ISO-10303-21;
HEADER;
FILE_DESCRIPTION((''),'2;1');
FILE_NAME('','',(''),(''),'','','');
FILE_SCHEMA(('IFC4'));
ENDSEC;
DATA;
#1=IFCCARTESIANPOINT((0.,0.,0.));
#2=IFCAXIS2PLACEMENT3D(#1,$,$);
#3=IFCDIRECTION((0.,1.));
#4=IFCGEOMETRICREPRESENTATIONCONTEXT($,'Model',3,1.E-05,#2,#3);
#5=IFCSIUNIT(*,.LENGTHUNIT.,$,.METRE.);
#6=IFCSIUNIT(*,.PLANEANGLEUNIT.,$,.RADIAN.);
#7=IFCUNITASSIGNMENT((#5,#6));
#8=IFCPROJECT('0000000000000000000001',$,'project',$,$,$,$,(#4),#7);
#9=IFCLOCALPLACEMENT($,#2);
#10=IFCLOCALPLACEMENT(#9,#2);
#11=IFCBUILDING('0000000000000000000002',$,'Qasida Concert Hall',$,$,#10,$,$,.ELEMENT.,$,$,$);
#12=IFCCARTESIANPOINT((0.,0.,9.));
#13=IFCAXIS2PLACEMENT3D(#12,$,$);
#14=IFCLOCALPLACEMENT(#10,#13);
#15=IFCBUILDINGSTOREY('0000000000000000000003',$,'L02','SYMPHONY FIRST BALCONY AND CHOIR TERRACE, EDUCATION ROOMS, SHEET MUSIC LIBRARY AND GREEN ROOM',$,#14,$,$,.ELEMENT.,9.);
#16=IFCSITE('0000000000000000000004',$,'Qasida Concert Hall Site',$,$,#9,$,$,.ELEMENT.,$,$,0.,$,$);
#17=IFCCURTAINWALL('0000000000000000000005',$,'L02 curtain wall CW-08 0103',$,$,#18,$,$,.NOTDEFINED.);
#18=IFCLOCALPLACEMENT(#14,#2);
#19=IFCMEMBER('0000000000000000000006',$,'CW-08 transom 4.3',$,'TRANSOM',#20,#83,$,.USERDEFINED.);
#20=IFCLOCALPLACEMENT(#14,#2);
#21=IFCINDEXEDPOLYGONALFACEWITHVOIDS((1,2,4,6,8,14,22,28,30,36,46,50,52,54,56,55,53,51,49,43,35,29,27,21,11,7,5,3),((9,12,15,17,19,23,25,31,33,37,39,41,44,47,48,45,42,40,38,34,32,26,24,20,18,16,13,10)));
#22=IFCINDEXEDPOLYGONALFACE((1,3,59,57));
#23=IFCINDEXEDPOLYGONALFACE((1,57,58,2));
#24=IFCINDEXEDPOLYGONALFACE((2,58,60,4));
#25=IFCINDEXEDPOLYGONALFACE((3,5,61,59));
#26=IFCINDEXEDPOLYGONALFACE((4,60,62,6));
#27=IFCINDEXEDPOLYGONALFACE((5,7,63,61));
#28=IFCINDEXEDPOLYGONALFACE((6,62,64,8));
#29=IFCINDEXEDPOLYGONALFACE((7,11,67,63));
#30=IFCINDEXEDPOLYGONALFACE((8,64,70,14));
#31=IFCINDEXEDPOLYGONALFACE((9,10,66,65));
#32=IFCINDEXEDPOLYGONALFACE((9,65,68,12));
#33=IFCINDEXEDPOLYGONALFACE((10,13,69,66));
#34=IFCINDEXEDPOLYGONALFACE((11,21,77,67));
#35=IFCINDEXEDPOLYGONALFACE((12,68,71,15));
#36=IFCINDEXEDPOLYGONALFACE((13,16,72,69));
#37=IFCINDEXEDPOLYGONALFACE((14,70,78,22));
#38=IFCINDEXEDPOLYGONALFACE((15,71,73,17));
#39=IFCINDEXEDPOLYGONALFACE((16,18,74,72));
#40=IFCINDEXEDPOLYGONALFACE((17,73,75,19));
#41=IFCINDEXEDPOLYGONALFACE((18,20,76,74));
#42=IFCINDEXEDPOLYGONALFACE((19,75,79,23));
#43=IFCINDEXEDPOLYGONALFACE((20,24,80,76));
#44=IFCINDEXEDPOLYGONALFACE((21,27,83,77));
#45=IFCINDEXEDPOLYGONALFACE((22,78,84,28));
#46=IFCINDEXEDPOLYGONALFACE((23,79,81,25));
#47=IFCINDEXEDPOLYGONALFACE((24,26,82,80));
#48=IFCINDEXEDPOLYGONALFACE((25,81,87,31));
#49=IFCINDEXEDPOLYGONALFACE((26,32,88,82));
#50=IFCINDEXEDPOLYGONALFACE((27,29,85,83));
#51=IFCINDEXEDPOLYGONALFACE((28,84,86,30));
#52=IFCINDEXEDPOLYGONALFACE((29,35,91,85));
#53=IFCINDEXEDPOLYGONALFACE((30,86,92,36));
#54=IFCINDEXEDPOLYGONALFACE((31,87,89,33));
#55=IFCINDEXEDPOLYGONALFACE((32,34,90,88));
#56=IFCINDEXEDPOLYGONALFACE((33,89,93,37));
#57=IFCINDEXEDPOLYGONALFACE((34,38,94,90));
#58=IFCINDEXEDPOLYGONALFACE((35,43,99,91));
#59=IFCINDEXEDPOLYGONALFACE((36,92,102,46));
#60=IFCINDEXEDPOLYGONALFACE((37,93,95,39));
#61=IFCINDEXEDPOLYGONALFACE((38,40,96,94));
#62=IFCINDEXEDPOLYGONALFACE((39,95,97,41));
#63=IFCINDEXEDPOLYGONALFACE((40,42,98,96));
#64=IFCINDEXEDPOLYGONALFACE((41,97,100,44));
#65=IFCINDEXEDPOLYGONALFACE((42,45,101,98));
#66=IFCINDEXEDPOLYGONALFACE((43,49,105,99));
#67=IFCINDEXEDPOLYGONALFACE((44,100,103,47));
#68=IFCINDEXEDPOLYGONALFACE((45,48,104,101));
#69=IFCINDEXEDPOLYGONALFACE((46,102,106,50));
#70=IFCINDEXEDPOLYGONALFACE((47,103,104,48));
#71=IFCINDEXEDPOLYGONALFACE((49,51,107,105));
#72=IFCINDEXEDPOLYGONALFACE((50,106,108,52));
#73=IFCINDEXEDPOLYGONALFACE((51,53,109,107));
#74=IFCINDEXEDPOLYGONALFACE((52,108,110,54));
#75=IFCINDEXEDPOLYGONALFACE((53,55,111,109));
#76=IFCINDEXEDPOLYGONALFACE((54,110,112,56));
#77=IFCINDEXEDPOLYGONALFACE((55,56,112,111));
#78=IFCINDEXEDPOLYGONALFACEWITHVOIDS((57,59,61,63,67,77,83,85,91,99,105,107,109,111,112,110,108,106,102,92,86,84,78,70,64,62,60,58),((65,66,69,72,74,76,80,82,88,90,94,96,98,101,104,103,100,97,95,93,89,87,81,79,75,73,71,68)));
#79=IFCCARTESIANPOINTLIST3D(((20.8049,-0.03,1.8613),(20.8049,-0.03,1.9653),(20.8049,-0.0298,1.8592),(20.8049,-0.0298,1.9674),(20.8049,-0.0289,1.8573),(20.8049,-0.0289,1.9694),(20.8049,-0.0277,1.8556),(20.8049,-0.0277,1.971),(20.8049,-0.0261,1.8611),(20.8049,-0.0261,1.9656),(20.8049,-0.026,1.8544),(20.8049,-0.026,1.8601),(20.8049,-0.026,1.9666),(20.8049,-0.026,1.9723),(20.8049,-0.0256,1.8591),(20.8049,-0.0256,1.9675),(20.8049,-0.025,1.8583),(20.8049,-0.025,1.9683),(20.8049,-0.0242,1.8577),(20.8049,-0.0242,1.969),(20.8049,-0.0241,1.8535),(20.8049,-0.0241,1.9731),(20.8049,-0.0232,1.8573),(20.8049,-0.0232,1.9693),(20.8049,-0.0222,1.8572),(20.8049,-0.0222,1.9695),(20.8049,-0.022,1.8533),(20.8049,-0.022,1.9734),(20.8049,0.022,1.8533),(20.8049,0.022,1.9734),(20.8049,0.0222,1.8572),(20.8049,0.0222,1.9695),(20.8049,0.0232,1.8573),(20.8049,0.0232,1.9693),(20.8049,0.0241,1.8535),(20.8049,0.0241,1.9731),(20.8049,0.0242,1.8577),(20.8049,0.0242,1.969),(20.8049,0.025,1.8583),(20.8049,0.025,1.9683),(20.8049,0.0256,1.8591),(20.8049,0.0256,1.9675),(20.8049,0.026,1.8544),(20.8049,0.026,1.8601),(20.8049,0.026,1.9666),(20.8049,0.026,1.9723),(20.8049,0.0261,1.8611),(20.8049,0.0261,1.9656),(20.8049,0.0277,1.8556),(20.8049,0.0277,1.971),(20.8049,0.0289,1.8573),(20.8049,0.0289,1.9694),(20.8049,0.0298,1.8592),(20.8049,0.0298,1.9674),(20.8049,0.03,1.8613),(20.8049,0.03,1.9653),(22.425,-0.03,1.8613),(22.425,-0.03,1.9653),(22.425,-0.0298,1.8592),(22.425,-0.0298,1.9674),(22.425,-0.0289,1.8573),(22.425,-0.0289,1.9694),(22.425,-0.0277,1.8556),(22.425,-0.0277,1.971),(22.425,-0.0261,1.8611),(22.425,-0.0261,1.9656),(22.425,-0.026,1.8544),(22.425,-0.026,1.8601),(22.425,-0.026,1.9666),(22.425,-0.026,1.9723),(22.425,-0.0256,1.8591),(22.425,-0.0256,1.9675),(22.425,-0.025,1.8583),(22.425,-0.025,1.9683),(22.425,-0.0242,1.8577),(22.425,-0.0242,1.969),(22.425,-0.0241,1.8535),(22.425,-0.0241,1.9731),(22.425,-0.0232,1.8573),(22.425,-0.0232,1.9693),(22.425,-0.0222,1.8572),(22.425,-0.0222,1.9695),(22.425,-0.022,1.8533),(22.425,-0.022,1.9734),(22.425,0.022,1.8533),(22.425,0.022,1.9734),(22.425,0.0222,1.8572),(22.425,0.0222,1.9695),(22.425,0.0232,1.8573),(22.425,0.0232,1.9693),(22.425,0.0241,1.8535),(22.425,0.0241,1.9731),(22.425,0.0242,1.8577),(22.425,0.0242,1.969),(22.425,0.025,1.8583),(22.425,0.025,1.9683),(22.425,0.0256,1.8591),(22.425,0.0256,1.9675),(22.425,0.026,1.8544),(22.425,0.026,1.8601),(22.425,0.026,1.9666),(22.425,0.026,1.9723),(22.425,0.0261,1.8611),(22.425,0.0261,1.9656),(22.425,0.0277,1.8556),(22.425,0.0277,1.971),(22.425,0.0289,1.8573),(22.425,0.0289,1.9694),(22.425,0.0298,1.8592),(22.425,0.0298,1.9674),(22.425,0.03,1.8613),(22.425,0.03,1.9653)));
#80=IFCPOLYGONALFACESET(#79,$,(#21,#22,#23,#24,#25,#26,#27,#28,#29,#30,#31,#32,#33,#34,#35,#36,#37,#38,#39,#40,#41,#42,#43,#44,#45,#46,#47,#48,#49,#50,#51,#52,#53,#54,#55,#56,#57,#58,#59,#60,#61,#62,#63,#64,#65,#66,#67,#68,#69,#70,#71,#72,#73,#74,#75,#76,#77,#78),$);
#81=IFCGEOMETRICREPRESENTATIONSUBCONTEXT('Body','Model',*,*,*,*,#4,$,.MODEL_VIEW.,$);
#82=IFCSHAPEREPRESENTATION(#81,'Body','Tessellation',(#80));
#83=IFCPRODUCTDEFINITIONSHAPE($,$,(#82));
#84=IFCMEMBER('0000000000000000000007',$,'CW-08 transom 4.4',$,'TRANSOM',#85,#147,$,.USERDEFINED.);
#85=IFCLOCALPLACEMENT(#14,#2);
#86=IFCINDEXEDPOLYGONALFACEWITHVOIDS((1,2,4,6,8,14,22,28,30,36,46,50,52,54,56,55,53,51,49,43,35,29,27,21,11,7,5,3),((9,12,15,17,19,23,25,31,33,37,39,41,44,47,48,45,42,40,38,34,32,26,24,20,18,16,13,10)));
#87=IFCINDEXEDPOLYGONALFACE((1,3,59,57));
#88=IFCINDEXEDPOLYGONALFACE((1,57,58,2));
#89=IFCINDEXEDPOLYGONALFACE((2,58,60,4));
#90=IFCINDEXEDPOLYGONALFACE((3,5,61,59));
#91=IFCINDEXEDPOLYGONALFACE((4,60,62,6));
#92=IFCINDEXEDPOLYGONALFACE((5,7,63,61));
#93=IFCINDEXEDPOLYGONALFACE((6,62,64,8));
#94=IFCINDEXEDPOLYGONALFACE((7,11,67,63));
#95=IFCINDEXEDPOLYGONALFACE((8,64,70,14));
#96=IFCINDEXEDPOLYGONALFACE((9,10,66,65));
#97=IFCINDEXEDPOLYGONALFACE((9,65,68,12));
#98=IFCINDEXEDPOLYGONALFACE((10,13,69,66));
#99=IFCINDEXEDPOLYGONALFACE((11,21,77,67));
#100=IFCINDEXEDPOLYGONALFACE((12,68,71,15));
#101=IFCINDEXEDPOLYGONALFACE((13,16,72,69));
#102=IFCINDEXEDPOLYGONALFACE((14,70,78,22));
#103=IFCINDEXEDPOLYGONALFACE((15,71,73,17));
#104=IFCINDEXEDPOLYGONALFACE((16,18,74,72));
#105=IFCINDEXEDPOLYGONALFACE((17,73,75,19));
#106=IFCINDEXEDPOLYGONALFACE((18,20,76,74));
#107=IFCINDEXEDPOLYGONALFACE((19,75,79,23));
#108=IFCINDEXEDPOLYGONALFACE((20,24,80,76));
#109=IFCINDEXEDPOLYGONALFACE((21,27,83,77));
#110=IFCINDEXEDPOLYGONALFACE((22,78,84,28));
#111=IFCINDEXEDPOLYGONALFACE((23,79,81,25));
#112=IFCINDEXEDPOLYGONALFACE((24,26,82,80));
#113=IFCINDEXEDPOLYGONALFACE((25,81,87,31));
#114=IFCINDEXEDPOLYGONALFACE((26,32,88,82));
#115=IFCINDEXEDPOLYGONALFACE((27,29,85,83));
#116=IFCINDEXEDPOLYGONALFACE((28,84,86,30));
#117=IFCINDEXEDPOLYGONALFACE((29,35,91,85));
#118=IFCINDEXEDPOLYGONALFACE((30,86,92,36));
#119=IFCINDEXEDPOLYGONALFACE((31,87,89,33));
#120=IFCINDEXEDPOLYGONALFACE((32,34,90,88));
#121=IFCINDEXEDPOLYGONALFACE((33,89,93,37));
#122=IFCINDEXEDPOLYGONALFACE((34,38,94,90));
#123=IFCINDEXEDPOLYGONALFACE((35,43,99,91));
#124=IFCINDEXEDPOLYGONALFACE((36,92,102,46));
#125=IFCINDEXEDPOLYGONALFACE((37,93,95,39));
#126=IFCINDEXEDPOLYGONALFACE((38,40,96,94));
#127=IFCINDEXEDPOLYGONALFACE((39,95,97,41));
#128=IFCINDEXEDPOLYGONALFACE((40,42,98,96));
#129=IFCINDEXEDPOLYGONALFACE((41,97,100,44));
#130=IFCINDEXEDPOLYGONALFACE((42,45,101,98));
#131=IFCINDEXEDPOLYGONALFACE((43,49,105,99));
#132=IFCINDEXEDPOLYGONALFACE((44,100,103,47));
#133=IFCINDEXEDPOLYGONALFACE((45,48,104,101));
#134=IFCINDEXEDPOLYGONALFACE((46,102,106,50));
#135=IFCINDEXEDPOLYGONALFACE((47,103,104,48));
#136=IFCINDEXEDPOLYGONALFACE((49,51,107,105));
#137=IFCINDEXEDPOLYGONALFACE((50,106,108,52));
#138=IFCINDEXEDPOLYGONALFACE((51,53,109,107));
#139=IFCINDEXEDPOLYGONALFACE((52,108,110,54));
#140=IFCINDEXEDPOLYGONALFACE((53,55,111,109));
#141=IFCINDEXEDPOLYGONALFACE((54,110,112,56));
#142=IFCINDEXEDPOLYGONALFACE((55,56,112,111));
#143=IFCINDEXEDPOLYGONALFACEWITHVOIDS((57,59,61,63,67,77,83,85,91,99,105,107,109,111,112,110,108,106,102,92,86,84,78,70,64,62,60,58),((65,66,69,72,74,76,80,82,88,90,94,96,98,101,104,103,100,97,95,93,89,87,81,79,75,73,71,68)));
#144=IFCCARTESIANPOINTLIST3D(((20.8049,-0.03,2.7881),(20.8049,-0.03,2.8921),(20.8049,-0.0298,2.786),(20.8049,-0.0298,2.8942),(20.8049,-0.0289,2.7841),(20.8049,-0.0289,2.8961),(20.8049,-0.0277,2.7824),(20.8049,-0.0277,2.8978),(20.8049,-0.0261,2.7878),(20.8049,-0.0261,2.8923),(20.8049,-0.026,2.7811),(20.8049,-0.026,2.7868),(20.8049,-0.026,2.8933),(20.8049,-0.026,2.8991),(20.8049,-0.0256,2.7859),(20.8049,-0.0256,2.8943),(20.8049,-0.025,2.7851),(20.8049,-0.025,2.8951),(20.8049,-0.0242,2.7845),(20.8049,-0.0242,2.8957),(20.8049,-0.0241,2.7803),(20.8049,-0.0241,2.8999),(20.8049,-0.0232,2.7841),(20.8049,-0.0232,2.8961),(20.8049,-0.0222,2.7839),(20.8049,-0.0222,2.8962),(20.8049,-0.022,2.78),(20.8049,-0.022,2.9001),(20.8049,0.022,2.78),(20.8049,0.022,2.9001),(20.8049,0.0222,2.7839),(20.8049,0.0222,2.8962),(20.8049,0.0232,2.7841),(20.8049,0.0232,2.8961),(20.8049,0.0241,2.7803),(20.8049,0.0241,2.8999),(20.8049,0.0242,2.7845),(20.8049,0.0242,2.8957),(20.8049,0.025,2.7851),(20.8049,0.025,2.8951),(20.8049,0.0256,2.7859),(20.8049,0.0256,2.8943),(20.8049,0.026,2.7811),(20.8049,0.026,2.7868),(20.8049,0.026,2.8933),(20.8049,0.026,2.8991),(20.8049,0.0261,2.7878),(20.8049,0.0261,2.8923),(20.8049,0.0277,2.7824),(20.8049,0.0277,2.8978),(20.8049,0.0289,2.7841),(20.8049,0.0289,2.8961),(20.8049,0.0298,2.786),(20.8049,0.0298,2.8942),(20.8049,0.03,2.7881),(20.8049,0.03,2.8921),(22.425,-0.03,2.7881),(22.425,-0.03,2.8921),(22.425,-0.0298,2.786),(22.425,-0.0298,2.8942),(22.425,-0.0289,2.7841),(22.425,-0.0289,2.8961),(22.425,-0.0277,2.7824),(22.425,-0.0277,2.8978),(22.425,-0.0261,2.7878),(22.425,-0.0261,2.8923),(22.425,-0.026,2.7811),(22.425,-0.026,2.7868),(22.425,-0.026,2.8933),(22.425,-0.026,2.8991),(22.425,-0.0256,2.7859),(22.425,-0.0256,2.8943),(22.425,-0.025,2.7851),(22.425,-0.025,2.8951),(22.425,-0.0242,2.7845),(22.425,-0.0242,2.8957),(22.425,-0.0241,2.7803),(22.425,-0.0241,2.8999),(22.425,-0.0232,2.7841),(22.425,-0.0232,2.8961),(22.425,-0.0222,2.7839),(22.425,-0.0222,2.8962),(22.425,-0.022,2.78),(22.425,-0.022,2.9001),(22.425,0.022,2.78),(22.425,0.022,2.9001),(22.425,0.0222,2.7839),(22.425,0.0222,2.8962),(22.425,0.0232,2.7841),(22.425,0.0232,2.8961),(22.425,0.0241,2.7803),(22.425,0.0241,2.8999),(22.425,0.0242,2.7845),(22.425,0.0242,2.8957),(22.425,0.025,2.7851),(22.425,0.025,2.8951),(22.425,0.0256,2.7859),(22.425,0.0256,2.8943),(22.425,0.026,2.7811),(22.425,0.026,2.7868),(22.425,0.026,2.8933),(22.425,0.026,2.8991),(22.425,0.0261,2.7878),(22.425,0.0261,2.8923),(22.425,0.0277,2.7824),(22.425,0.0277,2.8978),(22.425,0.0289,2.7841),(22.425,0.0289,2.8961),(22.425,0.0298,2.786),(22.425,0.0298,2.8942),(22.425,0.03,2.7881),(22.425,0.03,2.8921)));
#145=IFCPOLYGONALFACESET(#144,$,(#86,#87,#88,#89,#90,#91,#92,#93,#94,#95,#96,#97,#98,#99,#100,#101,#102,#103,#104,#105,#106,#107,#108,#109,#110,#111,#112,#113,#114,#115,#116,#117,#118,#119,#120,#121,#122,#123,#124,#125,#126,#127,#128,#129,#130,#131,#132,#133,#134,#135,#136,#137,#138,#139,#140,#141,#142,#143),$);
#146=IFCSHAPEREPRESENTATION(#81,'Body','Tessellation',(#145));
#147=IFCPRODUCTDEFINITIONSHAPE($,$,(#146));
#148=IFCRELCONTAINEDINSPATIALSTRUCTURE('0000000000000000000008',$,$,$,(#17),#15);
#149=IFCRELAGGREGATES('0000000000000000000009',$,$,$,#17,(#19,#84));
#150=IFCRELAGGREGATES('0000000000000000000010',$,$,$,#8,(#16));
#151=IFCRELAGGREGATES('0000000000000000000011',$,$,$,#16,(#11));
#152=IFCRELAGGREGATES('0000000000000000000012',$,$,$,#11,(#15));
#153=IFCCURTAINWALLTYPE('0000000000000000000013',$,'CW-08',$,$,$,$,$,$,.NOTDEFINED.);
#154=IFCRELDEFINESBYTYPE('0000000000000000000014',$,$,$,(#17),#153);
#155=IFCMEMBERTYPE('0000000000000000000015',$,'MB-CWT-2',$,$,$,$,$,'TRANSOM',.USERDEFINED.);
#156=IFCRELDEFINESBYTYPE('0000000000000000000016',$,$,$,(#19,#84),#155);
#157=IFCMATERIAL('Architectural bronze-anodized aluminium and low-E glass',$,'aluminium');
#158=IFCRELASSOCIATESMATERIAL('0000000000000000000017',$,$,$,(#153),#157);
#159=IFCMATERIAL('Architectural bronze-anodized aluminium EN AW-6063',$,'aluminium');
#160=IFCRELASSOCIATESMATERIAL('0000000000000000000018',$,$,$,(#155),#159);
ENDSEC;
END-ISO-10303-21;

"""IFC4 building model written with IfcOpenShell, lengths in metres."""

from ifc_helpers import new_model, si_unit, direction, frame, origin, origin_2d, place, context, subcontext, project, spatial, hollow_rectangle, extrude, material, material_profile, profile_set, type_object, element, aggregate, save


model = new_model("IFC4")

# Units and contexts
model_context = context("Model", 3, precision=1e-05, world=origin(), true_north=direction((0.0, 1.0)))
body_context = subcontext(model_context, "Body", "Model", "MODEL_VIEW")
ifc_project = project(units=[si_unit("LENGTHUNIT", "METRE"), si_unit("PLANEANGLEUNIT", "RADIAN")], contexts=[model_context])

# Site, building, storey
site_placement = place(None, origin())
site = spatial("IfcSite", under=ifc_project, at=site_placement, Name="Qasida Concert Hall Site", CompositionType="ELEMENT", RefElevation=0.0)
building_placement = place(site_placement, origin())
building = spatial("IfcBuilding", under=site, at=building_placement, Name="Qasida Concert Hall", CompositionType="ELEMENT")
storey_placement = place(building_placement, frame((0.0, 0.0, 9.0)))
storey = spatial("IfcBuildingStorey", under=building, at=storey_placement, Name="L02", Description="SYMPHONY FIRST BALCONY AND CHOIR TERRACE, EDUCATION ROOMS, SHEET MUSIC LIBRARY AND GREEN ROOM", CompositionType="ELEMENT", Elevation=9.0)

# Curtain wall
ifc_material_1 = material(Name="Architectural bronze-anodized aluminium and low-E glass", Category="aluminium")
curtain_wall_type = type_object("IfcCurtainWallType", Name="CW-08", PredefinedType="NOTDEFINED", material=ifc_material_1)
curtain_wall_1_placement = place(storey_placement, origin())
curtain_wall_1 = element("IfcCurtainWall", 1, at=curtain_wall_1_placement, inside=storey, type_object=curtain_wall_type, Name="L02 curtain wall CW-08 0103", PredefinedType="NOTDEFINED")
ifc_material_2 = material(Name="Architectural bronze-anodized aluminium EN AW-6063", Category="aluminium")

# Members
ifc_material_profile_1 = material_profile(ifc_material_2, hollow_rectangle(XDim=0.0601, YDim=0.1201, WallThickness=0.0039, InnerFilletRadius=0.0039, OuterFilletRadius=0.0081, at=origin_2d()), Name="CWT 120x60x4")
ifc_profile_set_1 = profile_set([ifc_material_profile_1], Name="Architectural bronze-anodized aluminium EN AW-6063")
member_type_1 = type_object("IfcMemberType", Name="MB-CWT-2", ElementType="TRANSOM", PredefinedType="USERDEFINED", material=ifc_profile_set_1)
member_1_placement = place(storey_placement, frame((20.8049, 0.0, 1.9133), z_axis=(1.0, 0.0, 0.0), x_axis=(0.0, 1.0, 0.0)))
member_1 = element("IfcMember", 2, at=member_1_placement, type_object=member_type_1, Name="CW-08 transom 4.3", ObjectType="TRANSOM", PredefinedType="USERDEFINED", context=body_context, shape_type="SweptSolid", body=[
    extrude(hollow_rectangle(XDim=0.0601, YDim=0.1201, WallThickness=0.0039, InnerFilletRadius=0.0039, OuterFilletRadius=0.0081, at=origin_2d()), origin(), (0.0, 0.0, 1.0), 1.6201),
])
member_2_placement = place(storey_placement, frame((20.8049, 0.0, 2.8401), z_axis=(1.0, 0.0, 0.0), x_axis=(0.0, 1.0, 0.0)))
member_2 = element("IfcMember", 3, at=member_2_placement, type_object=member_type_1, Name="CW-08 transom 4.4", ObjectType="TRANSOM", PredefinedType="USERDEFINED", context=body_context, shape_type="SweptSolid", body=[
    extrude(hollow_rectangle(XDim=0.0601, YDim=0.1201, WallThickness=0.0039, InnerFilletRadius=0.0039, OuterFilletRadius=0.0081, at=origin_2d()), origin(), (0.0, 0.0, 1.0), 1.6201),
])

aggregate(curtain_wall_1, [member_1, member_2])

save(model, "model.ifc")
